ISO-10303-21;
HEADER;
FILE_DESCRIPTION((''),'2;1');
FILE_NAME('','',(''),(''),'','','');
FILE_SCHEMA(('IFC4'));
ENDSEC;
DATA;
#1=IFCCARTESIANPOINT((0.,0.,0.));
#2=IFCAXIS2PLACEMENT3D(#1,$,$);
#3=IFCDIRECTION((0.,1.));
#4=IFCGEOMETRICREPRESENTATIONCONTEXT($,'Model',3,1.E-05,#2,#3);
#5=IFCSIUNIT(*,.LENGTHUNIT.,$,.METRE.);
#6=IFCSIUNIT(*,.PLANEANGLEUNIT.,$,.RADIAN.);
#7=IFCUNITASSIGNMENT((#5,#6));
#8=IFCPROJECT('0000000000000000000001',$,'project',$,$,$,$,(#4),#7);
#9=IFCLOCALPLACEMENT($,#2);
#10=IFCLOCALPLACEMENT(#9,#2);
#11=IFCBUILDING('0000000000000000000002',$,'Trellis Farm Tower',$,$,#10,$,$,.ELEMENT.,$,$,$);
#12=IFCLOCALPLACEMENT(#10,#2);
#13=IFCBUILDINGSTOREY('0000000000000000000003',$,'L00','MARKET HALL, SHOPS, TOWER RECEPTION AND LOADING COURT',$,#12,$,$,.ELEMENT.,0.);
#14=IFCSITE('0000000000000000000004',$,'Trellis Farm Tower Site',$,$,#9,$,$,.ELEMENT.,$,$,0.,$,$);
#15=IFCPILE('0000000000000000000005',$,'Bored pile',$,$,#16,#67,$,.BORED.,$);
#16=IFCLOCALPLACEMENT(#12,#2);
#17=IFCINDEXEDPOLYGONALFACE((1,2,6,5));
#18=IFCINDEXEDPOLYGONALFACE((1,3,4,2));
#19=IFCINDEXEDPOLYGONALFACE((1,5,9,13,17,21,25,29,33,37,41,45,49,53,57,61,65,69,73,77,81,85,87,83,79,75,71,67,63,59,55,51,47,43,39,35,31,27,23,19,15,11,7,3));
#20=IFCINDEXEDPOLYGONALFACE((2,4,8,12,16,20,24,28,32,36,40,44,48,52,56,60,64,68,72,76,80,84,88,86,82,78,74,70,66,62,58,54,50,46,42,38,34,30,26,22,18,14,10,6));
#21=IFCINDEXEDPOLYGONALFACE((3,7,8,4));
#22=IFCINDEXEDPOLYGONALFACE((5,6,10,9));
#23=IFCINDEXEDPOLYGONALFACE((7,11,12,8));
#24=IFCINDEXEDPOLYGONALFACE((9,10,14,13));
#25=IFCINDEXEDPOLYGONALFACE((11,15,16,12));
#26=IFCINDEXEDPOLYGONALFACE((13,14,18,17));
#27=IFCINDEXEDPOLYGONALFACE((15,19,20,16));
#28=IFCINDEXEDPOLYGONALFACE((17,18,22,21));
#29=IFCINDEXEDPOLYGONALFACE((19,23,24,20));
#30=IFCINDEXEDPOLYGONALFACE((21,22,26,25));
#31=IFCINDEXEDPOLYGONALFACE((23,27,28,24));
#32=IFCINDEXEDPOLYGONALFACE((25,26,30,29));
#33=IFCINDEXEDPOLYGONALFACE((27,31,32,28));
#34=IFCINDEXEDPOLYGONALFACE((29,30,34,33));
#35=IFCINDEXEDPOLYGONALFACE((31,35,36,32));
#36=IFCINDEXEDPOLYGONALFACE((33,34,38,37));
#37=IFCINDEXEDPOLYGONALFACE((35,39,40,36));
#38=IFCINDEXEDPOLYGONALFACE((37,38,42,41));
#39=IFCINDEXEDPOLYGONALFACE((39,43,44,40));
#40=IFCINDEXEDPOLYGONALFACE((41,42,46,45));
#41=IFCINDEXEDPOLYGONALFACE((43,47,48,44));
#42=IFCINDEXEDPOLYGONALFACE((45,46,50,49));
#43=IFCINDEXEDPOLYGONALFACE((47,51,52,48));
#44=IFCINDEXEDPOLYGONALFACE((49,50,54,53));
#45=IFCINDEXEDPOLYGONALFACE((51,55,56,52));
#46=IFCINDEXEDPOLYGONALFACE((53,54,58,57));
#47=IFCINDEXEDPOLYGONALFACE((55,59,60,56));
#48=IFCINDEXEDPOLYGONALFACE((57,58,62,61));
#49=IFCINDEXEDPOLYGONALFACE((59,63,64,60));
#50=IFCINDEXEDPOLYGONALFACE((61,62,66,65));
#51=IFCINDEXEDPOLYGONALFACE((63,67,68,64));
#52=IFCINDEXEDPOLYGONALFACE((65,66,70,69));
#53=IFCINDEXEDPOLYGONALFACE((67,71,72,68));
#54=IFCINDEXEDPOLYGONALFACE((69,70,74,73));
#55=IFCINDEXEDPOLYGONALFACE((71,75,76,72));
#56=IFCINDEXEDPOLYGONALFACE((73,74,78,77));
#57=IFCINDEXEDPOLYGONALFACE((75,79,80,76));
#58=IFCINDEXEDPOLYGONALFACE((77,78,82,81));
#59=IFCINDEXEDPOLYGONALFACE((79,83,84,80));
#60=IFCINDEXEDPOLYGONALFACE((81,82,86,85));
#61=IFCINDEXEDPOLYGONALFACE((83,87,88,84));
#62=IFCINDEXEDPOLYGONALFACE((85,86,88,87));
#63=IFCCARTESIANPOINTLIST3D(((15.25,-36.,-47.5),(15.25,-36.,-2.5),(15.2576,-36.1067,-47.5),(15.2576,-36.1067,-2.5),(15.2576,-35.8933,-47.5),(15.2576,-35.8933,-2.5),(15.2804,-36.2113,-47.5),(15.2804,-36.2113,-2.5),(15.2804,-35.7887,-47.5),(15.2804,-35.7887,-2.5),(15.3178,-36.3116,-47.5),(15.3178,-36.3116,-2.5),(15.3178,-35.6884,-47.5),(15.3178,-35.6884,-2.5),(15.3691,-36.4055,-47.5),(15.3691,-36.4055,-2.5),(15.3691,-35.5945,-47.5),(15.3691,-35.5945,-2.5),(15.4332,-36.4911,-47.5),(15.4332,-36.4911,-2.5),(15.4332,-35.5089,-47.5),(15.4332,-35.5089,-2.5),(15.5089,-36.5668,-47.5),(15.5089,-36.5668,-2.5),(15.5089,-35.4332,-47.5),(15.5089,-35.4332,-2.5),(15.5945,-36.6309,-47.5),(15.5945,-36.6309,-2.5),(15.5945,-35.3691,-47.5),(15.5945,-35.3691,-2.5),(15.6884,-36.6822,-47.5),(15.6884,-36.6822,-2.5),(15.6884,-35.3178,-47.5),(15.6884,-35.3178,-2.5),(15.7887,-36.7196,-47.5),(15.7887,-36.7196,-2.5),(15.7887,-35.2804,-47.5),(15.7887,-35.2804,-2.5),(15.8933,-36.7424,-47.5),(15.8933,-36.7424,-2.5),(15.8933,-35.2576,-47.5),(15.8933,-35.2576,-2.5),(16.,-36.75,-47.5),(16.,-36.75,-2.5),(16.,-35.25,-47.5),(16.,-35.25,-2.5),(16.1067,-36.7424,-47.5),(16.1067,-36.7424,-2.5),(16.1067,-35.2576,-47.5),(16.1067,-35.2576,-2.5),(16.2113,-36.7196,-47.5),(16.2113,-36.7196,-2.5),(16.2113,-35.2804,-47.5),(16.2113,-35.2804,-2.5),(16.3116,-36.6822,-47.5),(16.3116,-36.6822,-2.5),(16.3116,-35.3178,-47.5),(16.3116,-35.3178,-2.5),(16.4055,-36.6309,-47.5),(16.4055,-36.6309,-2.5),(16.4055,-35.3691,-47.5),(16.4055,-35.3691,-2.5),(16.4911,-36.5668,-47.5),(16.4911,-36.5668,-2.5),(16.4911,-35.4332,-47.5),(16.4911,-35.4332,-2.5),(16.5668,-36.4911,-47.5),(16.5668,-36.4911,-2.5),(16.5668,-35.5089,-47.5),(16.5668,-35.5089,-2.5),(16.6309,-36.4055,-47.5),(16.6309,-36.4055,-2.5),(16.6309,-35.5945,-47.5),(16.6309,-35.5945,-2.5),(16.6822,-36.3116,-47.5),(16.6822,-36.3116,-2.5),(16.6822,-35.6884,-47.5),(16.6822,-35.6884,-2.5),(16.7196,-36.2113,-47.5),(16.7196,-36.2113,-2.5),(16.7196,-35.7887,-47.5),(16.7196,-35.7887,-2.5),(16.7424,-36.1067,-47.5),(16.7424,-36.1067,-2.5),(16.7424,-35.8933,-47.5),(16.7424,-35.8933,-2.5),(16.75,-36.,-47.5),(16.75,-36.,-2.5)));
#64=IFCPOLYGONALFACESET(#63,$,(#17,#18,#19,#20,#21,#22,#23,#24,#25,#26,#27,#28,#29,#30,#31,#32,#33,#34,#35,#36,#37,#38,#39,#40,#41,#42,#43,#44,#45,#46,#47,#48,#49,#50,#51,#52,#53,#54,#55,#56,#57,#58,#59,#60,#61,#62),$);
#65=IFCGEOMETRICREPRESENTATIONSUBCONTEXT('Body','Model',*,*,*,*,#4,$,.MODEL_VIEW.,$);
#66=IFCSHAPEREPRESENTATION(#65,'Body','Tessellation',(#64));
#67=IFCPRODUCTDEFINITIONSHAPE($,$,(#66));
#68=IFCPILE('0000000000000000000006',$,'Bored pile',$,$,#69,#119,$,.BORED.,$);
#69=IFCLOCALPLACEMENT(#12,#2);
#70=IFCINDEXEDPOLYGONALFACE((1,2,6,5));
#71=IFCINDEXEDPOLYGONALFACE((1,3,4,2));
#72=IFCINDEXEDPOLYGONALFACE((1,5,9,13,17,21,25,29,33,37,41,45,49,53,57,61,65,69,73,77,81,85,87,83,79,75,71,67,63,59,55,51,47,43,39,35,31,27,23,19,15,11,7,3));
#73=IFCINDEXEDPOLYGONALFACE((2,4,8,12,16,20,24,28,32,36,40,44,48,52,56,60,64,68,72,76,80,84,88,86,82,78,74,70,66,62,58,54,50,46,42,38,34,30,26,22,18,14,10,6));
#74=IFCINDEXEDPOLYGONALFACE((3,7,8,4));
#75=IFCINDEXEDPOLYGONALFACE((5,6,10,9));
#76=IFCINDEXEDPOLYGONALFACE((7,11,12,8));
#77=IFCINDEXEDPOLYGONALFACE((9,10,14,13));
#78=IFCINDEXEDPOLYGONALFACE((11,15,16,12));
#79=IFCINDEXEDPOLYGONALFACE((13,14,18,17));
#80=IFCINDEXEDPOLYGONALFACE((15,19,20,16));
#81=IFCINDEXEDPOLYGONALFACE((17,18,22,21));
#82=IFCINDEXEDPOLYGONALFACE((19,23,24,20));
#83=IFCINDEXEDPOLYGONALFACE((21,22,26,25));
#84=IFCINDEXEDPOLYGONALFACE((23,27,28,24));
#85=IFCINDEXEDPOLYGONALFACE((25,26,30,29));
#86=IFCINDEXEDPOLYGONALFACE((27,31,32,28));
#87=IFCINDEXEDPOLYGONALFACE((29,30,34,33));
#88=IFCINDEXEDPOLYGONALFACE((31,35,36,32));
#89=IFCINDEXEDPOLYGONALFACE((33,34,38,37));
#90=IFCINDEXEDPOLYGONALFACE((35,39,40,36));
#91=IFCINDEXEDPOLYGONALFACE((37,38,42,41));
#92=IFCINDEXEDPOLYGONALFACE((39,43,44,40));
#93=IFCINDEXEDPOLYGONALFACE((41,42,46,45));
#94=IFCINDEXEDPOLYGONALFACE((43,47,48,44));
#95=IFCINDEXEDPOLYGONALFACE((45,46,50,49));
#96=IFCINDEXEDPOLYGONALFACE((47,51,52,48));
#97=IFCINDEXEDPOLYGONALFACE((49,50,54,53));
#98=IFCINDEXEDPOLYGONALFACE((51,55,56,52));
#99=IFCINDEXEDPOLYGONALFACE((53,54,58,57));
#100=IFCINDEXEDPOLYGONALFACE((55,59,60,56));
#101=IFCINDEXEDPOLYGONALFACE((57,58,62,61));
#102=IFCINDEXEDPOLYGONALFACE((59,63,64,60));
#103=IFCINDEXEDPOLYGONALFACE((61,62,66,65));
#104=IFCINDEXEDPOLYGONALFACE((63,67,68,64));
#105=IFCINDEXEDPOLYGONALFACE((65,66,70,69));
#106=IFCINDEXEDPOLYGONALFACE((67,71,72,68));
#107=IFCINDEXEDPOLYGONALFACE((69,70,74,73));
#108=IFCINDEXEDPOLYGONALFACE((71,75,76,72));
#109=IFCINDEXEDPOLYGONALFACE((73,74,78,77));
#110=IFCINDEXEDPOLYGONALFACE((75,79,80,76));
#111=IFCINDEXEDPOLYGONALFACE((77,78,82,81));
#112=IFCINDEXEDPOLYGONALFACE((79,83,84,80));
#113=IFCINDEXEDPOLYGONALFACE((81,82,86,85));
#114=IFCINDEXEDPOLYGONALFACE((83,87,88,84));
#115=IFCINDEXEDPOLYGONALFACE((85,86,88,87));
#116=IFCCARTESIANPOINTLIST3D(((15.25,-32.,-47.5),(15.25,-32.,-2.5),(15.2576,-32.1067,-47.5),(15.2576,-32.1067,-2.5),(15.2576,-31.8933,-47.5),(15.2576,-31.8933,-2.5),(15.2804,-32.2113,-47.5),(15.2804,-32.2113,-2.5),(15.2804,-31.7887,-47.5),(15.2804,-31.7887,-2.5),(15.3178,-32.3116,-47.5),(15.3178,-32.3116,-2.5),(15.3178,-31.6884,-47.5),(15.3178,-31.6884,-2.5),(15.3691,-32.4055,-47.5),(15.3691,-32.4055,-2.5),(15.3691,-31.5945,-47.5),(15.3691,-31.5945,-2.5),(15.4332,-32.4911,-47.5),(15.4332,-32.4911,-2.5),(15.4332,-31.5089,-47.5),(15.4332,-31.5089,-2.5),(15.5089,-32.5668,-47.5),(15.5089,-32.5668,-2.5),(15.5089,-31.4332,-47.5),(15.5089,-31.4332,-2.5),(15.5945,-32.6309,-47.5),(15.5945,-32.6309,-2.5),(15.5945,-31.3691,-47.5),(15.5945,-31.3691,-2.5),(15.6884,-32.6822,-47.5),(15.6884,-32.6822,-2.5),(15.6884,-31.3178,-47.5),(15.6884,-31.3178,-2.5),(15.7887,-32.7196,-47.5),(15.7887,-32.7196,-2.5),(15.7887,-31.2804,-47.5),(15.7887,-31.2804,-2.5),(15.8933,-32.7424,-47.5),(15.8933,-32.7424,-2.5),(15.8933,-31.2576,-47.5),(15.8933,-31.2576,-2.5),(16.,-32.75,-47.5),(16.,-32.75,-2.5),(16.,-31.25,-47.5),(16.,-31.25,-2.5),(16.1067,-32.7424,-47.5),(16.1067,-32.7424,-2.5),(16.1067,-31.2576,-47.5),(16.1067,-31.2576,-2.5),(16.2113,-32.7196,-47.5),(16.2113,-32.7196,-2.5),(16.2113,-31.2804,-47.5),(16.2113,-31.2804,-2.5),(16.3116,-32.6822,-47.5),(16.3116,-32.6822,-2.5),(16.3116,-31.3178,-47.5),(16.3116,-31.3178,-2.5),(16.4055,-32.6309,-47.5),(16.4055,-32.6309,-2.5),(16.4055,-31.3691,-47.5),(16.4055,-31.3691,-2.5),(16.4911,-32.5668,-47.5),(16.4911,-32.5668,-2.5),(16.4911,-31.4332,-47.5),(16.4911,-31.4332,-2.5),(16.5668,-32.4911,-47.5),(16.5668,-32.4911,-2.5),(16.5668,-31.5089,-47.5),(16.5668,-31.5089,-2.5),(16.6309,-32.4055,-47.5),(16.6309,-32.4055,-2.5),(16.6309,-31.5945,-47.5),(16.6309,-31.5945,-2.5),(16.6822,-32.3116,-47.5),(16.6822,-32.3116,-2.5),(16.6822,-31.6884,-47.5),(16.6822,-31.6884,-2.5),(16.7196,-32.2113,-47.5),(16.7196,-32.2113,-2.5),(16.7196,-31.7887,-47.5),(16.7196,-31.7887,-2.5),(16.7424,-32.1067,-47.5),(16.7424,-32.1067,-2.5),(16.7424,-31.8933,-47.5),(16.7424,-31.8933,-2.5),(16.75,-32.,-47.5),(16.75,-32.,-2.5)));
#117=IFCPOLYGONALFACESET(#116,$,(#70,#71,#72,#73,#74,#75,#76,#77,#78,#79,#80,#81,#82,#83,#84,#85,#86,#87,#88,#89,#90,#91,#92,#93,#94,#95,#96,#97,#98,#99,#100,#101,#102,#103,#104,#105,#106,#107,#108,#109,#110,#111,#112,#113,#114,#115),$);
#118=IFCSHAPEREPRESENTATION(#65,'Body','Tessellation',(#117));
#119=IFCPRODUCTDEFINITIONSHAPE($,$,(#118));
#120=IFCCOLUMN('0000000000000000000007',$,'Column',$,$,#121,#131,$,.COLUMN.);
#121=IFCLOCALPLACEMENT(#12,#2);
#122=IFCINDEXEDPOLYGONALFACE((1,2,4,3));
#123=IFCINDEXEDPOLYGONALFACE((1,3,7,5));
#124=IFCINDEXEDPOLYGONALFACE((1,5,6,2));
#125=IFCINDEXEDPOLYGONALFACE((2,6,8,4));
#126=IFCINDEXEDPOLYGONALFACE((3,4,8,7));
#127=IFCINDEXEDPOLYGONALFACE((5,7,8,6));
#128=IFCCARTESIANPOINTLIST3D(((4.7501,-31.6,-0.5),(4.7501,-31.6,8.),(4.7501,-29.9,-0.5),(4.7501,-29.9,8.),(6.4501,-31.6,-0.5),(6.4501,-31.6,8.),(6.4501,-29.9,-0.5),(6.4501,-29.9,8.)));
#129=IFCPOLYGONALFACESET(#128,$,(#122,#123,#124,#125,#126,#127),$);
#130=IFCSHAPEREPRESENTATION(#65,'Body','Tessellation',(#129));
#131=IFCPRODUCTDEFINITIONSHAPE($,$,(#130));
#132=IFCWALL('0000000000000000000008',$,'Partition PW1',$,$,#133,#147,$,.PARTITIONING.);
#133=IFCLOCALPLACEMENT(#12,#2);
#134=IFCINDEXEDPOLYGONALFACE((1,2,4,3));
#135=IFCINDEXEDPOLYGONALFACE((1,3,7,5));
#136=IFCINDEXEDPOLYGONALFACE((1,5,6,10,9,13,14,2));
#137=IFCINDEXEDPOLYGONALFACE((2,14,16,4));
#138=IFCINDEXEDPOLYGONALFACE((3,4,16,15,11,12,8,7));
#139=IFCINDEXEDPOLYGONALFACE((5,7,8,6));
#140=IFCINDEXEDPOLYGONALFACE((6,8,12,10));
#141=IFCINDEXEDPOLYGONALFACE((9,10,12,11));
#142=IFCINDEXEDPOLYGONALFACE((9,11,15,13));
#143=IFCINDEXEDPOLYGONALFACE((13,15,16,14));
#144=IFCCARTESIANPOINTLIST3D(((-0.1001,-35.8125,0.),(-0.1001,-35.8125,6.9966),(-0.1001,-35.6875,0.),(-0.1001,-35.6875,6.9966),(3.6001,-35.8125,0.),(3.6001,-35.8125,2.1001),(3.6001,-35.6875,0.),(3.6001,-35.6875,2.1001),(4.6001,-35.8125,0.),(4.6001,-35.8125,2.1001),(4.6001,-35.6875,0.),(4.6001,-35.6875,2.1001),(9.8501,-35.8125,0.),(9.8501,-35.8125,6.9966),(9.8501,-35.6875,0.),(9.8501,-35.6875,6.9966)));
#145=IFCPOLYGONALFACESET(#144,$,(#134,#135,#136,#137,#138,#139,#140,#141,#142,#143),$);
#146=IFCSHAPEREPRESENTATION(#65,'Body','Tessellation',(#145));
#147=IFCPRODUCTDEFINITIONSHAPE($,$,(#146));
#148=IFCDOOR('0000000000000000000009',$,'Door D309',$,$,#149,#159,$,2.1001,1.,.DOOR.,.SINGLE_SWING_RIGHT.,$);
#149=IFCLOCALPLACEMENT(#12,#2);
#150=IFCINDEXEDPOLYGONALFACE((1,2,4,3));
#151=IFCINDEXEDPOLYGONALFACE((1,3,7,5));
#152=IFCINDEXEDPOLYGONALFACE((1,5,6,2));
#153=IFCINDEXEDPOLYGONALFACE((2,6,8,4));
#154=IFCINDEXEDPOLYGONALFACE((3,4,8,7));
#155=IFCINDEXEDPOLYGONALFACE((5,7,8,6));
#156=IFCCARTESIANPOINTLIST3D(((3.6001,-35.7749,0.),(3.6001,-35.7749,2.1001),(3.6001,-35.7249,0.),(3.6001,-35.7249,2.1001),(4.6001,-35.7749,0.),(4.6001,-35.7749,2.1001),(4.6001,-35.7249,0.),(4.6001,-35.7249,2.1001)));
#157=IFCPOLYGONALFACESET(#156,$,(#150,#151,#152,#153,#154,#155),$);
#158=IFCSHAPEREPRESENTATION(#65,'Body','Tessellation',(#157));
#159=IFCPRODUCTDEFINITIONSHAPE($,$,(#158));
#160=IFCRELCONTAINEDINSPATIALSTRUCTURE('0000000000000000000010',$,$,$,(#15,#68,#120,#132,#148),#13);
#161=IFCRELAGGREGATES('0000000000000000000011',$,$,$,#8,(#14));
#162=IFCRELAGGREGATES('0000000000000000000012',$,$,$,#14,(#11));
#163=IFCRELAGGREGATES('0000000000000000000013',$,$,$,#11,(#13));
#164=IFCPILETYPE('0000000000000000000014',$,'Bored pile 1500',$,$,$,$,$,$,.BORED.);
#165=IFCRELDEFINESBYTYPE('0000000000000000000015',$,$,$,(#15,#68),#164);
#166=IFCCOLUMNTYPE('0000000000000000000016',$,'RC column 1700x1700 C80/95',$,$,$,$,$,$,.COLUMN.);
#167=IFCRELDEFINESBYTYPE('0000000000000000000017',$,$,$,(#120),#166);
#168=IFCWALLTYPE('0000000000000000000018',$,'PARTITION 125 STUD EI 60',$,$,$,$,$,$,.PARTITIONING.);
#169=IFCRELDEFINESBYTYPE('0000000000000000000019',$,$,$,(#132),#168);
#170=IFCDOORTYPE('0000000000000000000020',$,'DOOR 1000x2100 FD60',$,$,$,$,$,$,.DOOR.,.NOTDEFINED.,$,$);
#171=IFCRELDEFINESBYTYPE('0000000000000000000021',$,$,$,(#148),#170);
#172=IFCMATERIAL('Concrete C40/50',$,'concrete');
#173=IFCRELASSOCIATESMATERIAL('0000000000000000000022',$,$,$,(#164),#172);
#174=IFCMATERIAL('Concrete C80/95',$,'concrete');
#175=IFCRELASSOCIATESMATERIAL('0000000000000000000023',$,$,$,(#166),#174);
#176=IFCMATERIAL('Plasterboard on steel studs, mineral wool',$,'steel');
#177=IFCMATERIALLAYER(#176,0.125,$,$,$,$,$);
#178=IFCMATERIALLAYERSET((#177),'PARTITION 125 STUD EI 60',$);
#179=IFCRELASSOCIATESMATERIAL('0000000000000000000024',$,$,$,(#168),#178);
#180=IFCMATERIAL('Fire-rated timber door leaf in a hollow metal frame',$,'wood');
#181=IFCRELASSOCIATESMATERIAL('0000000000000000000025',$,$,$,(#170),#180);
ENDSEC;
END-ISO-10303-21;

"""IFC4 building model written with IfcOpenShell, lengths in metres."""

from ifc_helpers import new_model, si_unit, direction, frame, frame_2d, origin, origin_2d, place, context, subcontext, project, spatial, rectangle, circle, extrude, source, transform, mapped, material, layer, layer_set, material_profile, profile_set, type_object, element, fill, save


model = new_model("IFC4")

# Units and contexts
model_context = context("Model", 3, precision=1e-05, world=origin(), true_north=direction((0.0, 1.0)))
body_context = subcontext(model_context, "Body", "Model", "MODEL_VIEW")
ifc_project = project(units=[si_unit("LENGTHUNIT", "METRE"), si_unit("PLANEANGLEUNIT", "RADIAN")], contexts=[model_context])

# Site, building, storey
site_placement = place(None, origin())
site = spatial("IfcSite", under=ifc_project, at=site_placement, Name="Trellis Farm Tower Site", CompositionType="ELEMENT", RefElevation=0.0)
building_placement = place(site_placement, origin())
building = spatial("IfcBuilding", under=site, at=building_placement, Name="Trellis Farm Tower", CompositionType="ELEMENT")
storey_placement = place(building_placement, origin())
storey = spatial("IfcBuildingStorey", under=building, at=storey_placement, Name="L00", Description="MARKET HALL, SHOPS, TOWER RECEPTION AND LOADING COURT", CompositionType="ELEMENT", Elevation=0.0)

# Piles
ifc_material_1 = material(Name="Concrete C40/50", Category="concrete")
ifc_material_profile_1 = material_profile(ifc_material_1, circle(Radius=0.75, at=origin_2d()), Name="Bored pile 1500")
ifc_profile_set_1 = profile_set([ifc_material_profile_1], Name="Concrete C40/50")
pile_type = type_object("IfcPileType", Name="Bored pile 1500", PredefinedType="BORED", material=ifc_profile_set_1)
shared_shape_1 = source(origin(), body_context, "Body", "SweptSolid", [
    extrude(circle(Radius=0.75, at=origin_2d()), origin(), (0.0, 0.0, 1.0), 45.0),
])
for number, where, z_axis, x_axis, name in (
    (1, (16.0, -36.0, -2.5), (0.0, 0.0, -1.0), (1.0, 0.0, 0.0), "Bored pile"),
    (2, (16.0, -32.0, -2.5), (0.0, 0.0, -1.0), (1.0, 0.0, 0.0), "Bored pile"),
):
    element("IfcPile", number, at=place(storey_placement, frame(where, z_axis=z_axis, x_axis=x_axis)), inside=storey, type_object=pile_type, Name=name, PredefinedType="BORED", context=body_context, shape_type="MappedRepresentation", body=[
        mapped(shared_shape_1, transform((0.0, 0.0, 0.0))),
    ])

# Column
ifc_material_2 = material(Name="Concrete C80/95", Category="concrete")
ifc_material_profile_2 = material_profile(ifc_material_2, rectangle(XDim=1.7, YDim=1.7, at=origin_2d()), Name="RC column 1700x1700 C80/95")
ifc_profile_set_2 = profile_set([ifc_material_profile_2], Name="Concrete C80/95")
column_type = type_object("IfcColumnType", Name="RC column 1700x1700 C80/95", PredefinedType="COLUMN", material=ifc_profile_set_2)
shared_shape_2 = source(origin(), body_context, "Body", "SweptSolid", [
    extrude(rectangle(XDim=1.7, YDim=1.7, at=origin_2d()), origin(), (0.0, 0.0, 1.0), 8.5),
])
column_placement = place(storey_placement, frame((5.6001, -30.75, -0.5), z_axis=(0.0, 0.0, 1.0), x_axis=(1.0, 0.0, 0.0)))
element("IfcColumn", 3, at=column_placement, inside=storey, type_object=column_type, Name="Column", PredefinedType="COLUMN", context=body_context, shape_type="MappedRepresentation", body=[
    mapped(shared_shape_2, transform((0.0, 0.0, 0.0))),
])

# Wall, opening, door
ifc_material_3 = material(Name="Plasterboard on steel studs, mineral wool", Category="steel")
ifc_layer_1 = layer(ifc_material_3, 0.125)
ifc_layer_set_1 = layer_set([ifc_layer_1], Name="PARTITION 125 STUD EI 60")
wall_type_1 = type_object("IfcWallType", Name="PARTITION 125 STUD EI 60", PredefinedType="PARTITIONING", material=ifc_layer_set_1)
wall_1_placement = place(storey_placement, frame((9.8501, -35.75, 0.0), z_axis=(0.0, 0.0, 1.0), x_axis=(-1.0, 0.0, 0.0)))
wall_1 = element("IfcWall", 4, at=wall_1_placement, inside=storey, type_object=wall_type_1, Name="Partition PW1", PredefinedType="PARTITIONING", context=body_context, shape_type="SweptSolid", body=[
    extrude(rectangle(XDim=9.9502, YDim=0.125, at=frame_2d((4.9751, 0.0))), origin(), (0.0, 0.0, 1.0), 6.9966),
])
shared_shape_3 = source(origin(), body_context, "Body", "SweptSolid", [
    extrude(rectangle(XDim=1.0, YDim=2.1001, at=frame_2d((0.5, 1.05))), frame((0.0, 0.0725, 0.0), z_axis=(0.0, -1.0, 0.0), x_axis=(1.0, 0.0, 0.0)), (0.0, 0.0, 1.0), 0.145),
])
opening_1_placement = place(wall_1_placement, frame((5.25, 0.0, 0.0)))
opening_1 = element("IfcOpeningElement", 5, at=opening_1_placement, cuts=wall_1, PredefinedType="OPENING", context=body_context, shape_type="MappedRepresentation", body=[
    mapped(shared_shape_3, transform((0.0, 0.0, 0.0))),
])
ifc_material_4 = material(Name="Fire-rated timber door leaf in a hollow metal frame", Category="wood")
door_type_1 = type_object("IfcDoorType", Name="DOOR 1000x2100 FD60", OperationType="NOTDEFINED", PredefinedType="DOOR", material=ifc_material_4)
shared_shape_4 = source(origin(), body_context, "Body", "SweptSolid", [
    extrude(rectangle(XDim=1.0, YDim=2.1001, at=frame_2d((0.5, 1.05))), frame((0.0, 0.0249, 0.0), z_axis=(0.0, -1.0, 0.0), x_axis=(1.0, 0.0, 0.0)), (0.0, 0.0, 1.0), 0.05),
])
door_1_placement = place(opening_1_placement, origin())
door_1 = element("IfcDoor", 6, at=door_1_placement, inside=storey, type_object=door_type_1, Name="Door D309", OperationType="SINGLE_SWING_RIGHT", OverallHeight=2.1001, OverallWidth=1.0, PredefinedType="DOOR", context=body_context, shape_type="MappedRepresentation", body=[
    mapped(shared_shape_4, transform((0.0, 0.0, 0.0))),
])
fill(opening_1, door_1)

save(model, "model.ifc")
